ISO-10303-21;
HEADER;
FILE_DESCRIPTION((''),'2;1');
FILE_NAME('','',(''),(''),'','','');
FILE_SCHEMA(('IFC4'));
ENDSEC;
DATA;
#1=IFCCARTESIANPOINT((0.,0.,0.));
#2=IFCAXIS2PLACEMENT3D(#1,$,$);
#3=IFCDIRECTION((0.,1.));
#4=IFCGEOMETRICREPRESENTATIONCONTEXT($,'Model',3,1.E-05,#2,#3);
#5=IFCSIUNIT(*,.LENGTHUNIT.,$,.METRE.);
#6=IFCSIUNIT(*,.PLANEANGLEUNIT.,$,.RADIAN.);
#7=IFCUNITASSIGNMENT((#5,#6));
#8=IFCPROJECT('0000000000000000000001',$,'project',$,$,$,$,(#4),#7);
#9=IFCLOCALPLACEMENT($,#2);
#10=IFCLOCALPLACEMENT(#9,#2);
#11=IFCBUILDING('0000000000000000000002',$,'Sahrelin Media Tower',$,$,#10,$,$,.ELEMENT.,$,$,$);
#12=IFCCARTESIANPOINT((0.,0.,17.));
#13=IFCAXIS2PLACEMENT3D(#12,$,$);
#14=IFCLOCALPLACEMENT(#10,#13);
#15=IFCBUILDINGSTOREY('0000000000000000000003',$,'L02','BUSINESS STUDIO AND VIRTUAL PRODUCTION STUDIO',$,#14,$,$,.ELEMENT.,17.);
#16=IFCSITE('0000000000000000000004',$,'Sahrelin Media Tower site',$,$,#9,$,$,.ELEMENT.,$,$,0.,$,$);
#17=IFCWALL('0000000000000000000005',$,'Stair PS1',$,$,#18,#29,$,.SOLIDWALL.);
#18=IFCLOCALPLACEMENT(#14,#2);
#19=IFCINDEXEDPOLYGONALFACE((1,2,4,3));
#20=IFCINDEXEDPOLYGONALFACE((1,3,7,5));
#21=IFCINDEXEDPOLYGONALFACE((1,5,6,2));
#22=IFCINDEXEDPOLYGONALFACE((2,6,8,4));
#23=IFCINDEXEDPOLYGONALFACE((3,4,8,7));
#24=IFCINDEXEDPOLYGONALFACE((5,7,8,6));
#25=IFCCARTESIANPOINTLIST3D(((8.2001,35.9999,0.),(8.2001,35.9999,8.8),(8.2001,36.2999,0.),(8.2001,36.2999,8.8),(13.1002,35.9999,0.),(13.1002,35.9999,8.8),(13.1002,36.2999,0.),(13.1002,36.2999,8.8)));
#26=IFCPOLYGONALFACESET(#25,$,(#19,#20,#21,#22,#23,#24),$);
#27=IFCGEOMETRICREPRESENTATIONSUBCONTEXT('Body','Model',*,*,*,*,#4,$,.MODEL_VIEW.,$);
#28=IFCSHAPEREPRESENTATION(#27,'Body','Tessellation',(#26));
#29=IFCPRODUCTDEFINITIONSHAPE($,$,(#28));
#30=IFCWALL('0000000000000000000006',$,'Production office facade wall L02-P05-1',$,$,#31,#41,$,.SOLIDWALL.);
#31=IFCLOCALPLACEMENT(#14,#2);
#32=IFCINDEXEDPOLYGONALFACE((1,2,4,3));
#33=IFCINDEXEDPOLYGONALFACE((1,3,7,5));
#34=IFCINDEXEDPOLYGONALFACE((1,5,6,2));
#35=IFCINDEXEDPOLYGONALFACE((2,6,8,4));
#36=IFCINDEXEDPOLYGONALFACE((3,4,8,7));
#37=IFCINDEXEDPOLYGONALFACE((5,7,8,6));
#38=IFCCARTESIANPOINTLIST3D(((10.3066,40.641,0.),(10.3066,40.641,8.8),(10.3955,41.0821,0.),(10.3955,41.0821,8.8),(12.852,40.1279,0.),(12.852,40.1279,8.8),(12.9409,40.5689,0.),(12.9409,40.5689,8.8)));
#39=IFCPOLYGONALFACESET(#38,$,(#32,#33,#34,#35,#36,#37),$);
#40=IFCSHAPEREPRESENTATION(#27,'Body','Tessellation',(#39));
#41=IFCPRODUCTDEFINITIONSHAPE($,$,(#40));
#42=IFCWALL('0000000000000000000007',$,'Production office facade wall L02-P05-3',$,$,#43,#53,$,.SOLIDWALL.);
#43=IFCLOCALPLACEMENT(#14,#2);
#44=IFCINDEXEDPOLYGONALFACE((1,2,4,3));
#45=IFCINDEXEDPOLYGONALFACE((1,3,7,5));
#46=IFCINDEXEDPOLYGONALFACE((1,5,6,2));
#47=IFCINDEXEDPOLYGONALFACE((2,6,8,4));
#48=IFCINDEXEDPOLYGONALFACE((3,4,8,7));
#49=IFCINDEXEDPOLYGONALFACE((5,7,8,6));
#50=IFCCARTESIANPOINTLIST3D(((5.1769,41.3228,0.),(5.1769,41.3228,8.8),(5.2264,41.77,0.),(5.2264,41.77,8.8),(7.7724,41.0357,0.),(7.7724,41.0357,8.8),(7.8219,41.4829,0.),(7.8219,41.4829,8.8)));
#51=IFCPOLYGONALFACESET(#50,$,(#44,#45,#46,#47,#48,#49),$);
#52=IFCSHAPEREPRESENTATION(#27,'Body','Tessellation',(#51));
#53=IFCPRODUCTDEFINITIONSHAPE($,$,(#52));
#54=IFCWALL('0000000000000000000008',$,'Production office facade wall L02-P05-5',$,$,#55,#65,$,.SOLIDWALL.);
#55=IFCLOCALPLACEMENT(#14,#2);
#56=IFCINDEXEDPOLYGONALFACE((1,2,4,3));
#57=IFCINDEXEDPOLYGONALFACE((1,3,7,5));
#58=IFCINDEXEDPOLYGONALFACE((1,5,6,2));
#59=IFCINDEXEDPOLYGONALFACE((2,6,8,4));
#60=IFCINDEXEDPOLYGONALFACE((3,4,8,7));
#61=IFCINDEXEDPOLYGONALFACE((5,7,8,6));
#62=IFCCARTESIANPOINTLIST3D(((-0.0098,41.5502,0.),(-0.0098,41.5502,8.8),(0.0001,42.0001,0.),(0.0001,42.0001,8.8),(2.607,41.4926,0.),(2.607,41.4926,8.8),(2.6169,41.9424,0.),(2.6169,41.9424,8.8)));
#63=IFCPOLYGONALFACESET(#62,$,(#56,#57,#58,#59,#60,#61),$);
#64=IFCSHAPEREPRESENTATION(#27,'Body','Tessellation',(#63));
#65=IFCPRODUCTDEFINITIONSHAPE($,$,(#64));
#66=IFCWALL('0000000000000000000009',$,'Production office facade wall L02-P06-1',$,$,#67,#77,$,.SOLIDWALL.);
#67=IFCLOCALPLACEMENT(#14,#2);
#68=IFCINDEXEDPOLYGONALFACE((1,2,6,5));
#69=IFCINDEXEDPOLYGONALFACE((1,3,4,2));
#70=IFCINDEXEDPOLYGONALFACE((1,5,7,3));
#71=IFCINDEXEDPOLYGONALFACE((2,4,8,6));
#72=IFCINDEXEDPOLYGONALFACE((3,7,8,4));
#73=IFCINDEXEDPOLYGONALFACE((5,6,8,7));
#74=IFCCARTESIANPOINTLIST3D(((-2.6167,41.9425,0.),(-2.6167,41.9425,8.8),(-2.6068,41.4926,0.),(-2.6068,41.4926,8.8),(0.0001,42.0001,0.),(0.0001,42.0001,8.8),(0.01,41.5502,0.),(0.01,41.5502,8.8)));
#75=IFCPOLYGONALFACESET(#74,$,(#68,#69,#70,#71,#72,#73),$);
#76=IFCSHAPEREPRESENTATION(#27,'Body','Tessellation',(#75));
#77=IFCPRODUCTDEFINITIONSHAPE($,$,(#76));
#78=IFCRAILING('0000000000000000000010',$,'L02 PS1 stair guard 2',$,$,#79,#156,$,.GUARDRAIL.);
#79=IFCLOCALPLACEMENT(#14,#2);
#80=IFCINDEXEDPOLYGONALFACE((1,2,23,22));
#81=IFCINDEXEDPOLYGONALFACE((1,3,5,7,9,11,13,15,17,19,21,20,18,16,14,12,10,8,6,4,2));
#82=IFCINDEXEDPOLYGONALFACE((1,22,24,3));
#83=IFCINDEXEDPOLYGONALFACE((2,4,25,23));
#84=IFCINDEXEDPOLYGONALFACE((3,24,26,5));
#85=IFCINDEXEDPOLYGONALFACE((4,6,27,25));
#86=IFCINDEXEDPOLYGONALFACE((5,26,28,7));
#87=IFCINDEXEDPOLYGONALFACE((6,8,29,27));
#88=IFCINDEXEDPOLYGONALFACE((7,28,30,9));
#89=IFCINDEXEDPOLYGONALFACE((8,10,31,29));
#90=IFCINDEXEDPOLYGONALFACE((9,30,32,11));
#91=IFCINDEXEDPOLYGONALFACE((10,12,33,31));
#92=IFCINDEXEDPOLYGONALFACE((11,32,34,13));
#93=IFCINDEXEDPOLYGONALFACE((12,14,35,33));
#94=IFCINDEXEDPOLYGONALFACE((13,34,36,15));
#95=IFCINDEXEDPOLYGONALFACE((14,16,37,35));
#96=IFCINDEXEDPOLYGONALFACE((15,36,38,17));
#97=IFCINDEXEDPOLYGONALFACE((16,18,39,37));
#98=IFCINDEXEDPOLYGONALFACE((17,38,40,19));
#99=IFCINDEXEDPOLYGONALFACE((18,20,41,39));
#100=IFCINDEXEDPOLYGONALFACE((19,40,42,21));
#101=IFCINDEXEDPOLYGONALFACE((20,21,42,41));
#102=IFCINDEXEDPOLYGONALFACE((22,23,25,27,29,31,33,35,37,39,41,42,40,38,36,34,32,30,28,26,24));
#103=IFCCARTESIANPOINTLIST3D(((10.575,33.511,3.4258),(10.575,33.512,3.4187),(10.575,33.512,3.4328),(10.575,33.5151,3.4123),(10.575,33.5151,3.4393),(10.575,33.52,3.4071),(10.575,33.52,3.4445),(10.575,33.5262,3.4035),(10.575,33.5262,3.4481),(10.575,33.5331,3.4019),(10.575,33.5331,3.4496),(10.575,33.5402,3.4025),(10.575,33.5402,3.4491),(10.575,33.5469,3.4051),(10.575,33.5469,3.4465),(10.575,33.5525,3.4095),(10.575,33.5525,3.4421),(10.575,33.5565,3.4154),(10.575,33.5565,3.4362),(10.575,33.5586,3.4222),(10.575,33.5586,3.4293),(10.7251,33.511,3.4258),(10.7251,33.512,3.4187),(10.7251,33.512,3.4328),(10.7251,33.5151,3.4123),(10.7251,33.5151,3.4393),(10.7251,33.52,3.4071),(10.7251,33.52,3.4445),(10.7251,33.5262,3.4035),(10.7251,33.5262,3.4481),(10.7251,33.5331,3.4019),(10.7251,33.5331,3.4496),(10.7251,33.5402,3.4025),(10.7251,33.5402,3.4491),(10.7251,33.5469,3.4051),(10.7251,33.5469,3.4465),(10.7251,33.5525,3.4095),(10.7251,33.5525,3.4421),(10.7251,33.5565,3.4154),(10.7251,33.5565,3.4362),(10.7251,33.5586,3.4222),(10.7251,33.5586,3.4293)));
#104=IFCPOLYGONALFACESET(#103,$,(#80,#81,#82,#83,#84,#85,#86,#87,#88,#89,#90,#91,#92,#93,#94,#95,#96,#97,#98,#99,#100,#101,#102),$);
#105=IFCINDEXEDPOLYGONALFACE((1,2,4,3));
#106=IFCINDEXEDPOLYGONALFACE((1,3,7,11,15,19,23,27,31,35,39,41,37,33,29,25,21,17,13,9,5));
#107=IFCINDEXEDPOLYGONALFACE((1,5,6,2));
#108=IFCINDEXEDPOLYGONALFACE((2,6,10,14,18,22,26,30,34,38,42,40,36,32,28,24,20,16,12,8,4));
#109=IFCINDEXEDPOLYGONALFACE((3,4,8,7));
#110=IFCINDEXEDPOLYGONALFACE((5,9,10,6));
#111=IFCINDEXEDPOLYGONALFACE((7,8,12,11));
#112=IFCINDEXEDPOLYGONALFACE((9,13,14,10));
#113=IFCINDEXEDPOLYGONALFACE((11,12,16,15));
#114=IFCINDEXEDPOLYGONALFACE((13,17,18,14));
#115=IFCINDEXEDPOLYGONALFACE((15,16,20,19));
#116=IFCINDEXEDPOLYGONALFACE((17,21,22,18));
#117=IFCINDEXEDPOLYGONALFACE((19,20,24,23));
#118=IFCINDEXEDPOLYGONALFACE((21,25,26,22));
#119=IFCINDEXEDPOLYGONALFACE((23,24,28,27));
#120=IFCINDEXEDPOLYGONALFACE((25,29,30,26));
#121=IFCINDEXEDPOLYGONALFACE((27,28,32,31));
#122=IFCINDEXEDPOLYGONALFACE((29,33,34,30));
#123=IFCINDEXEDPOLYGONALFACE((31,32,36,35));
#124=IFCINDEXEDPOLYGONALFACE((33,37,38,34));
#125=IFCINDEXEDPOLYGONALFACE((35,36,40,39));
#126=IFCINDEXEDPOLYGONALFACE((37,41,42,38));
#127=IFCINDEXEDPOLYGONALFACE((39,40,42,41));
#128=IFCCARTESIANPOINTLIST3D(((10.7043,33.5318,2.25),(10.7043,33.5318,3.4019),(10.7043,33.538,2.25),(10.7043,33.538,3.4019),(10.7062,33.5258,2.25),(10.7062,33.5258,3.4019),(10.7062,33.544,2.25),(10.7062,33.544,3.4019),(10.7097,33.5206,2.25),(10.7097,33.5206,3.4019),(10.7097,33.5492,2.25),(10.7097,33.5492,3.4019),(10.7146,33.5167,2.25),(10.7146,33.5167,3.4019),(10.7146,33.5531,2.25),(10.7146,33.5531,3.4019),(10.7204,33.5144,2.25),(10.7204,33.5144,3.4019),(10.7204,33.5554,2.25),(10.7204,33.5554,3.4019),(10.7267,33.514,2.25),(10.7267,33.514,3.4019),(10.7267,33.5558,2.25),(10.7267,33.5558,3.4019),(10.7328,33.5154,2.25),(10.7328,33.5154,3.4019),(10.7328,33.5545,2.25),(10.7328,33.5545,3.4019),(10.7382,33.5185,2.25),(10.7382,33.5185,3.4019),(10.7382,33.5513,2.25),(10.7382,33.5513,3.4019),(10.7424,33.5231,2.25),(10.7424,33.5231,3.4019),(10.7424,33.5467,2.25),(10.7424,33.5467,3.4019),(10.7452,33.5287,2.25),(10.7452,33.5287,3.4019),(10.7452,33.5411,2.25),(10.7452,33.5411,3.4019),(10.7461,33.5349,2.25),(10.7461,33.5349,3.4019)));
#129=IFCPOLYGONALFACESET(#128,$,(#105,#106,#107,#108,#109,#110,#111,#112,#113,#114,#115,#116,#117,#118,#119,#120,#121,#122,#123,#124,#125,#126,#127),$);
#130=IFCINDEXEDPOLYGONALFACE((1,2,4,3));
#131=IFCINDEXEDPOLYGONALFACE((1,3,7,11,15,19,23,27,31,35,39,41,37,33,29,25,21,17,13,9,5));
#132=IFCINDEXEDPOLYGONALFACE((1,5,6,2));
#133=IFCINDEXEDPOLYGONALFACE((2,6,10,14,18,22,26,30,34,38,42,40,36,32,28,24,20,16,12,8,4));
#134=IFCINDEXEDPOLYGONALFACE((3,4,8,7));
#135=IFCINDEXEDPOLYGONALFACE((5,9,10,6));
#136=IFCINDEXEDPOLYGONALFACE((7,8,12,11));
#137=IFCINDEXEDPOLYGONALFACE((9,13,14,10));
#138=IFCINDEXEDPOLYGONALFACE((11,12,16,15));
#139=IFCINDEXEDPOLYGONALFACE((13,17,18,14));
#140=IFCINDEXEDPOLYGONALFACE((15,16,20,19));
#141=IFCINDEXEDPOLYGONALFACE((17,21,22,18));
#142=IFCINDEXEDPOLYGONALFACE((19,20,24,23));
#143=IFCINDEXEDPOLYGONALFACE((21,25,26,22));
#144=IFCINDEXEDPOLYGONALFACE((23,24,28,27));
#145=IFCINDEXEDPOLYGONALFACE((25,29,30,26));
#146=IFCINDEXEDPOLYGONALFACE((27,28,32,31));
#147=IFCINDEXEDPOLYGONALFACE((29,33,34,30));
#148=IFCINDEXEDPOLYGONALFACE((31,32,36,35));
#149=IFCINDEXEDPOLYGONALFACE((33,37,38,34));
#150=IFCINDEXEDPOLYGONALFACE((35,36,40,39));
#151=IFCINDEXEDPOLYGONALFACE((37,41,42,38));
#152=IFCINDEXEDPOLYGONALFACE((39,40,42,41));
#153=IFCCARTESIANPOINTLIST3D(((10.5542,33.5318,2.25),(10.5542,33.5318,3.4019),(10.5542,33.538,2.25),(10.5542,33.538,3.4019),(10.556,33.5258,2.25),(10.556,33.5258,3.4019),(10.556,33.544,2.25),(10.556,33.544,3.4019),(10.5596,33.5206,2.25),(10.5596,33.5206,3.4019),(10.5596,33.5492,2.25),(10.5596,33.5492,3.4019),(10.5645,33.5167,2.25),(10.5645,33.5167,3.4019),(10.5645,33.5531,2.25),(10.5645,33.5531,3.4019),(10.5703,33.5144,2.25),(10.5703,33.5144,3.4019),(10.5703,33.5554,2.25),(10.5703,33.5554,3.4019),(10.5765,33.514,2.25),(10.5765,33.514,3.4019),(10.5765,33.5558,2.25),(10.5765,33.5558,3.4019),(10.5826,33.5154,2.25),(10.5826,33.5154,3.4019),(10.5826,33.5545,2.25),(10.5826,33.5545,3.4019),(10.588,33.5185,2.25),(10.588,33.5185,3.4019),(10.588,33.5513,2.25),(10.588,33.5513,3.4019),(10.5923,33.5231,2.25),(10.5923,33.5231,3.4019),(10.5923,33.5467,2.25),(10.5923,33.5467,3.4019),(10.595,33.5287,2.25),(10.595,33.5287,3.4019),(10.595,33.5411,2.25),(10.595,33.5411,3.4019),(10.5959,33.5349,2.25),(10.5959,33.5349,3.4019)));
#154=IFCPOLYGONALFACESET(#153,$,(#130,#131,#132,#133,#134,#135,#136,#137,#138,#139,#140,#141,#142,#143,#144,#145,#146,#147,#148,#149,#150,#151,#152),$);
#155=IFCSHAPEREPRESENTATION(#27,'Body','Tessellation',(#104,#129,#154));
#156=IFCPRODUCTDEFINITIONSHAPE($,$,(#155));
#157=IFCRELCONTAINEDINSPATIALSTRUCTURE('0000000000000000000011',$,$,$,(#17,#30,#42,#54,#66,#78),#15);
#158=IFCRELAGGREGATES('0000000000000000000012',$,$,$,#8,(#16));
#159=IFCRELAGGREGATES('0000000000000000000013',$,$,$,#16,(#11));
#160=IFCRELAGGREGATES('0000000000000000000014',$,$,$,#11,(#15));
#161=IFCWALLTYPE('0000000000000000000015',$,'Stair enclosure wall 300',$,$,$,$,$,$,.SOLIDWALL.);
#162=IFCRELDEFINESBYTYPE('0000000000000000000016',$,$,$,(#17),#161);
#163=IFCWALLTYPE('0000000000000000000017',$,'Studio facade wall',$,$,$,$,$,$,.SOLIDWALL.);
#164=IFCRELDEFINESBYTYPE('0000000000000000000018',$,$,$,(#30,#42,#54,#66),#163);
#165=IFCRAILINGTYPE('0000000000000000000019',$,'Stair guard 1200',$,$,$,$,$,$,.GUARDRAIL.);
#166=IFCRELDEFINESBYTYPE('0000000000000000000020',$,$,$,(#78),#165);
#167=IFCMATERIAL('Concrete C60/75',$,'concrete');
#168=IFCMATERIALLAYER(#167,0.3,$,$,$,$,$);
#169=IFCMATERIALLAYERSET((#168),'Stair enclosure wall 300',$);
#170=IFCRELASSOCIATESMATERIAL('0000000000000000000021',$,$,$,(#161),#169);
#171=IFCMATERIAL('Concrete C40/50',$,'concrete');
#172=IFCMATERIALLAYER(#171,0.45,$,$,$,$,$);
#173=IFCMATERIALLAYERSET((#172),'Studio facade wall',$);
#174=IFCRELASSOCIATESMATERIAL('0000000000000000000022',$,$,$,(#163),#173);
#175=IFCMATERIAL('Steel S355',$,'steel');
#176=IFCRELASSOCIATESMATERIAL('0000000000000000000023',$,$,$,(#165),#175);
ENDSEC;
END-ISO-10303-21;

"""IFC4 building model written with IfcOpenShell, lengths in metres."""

from ifc_helpers import new_model, si_unit, direction, frame, frame_2d, origin, origin_2d, place, context, subcontext, project, spatial, rectangle, circle, extrude, material, layer, layer_set, type_object, element, save


model = new_model("IFC4")

# Units and contexts
model_context = context("Model", 3, precision=1e-05, world=origin(), true_north=direction((0.0, 1.0)))
body_context = subcontext(model_context, "Body", "Model", "MODEL_VIEW")
ifc_project = project(units=[si_unit("LENGTHUNIT", "METRE"), si_unit("PLANEANGLEUNIT", "RADIAN")], contexts=[model_context])

# Site, building, storey
site_placement = place(None, origin())
site = spatial("IfcSite", under=ifc_project, at=site_placement, Name="Sahrelin Media Tower site", CompositionType="ELEMENT", RefElevation=0.0)
building_placement = place(site_placement, origin())
building = spatial("IfcBuilding", under=site, at=building_placement, Name="Sahrelin Media Tower", CompositionType="ELEMENT")
storey_placement = place(building_placement, frame((0.0, 0.0, 17.0)))
storey = spatial("IfcBuildingStorey", under=building, at=storey_placement, Name="L02", Description="BUSINESS STUDIO AND VIRTUAL PRODUCTION STUDIO", CompositionType="ELEMENT", Elevation=17.0)

# Shared definitions
ifc_material_1 = material(Name="Steel S355", Category="steel")

# Walls
ifc_material_2 = material(Name="Concrete C60/75", Category="concrete")
ifc_layer_1 = layer(ifc_material_2, 0.3)
ifc_layer_set_1 = layer_set([ifc_layer_1], Name="Stair enclosure wall 300")
wall_type_1 = type_object("IfcWallType", Name="Stair enclosure wall 300", PredefinedType="SOLIDWALL", material=ifc_layer_set_1)
wall_1_placement = place(storey_placement, frame((8.2, 36.1499, 0.0), z_axis=(0.0, 0.0, 1.0), x_axis=(1.0, 0.0, 0.0)))
element("IfcWall", 1, at=wall_1_placement, inside=storey, type_object=wall_type_1, Name="Stair PS1", PredefinedType="SOLIDWALL", context=body_context, shape_type="SweptSolid", body=[
    extrude(rectangle(XDim=4.9001, YDim=0.3, at=frame_2d((2.4502, 0.0))), origin(), (0.0, 0.0, 1.0), 8.8),
])
ifc_material_3 = material(Name="Concrete C40/50", Category="concrete")
ifc_layer_2 = layer(ifc_material_3, 0.45)
ifc_layer_set_2 = layer_set([ifc_layer_2], Name="Studio facade wall")
wall_type_2 = type_object("IfcWallType", Name="Studio facade wall", PredefinedType="SOLIDWALL", material=ifc_layer_set_2)
wall_2_placement = place(storey_placement, frame((12.8965, 40.3484, 0.0), z_axis=(0.0, 0.0, 1.0), x_axis=(-0.980276, 0.197635, 0.0)))
element("IfcWall", 2, at=wall_2_placement, inside=storey, type_object=wall_type_2, Name="Production office facade wall L02-P05-1", PredefinedType="SOLIDWALL", context=body_context, shape_type="SweptSolid", body=[
    extrude(rectangle(XDim=2.5967, YDim=0.45, at=frame_2d((1.2983, 0.0))), origin(), (0.0, 0.0, 1.0), 8.8),
])

# Wall
wall_3_placement = place(storey_placement, frame((7.7971, 41.2593, 0.0), z_axis=(0.0, 0.0, 1.0), x_axis=(-0.993937, 0.109949, 0.0)))
element("IfcWall", 3, at=wall_3_placement, inside=storey, type_object=wall_type_2, Name="Production office facade wall L02-P05-3", PredefinedType="SOLIDWALL", context=body_context, shape_type="SweptSolid", body=[
    extrude(rectangle(XDim=2.6113, YDim=0.45, at=frame_2d((1.3057, 0.0))), origin(), (0.0, 0.0, 1.0), 8.8),
])

# Walls
for number, where, z_axis, x_axis, name in (
    (4, (2.6118, 41.7175, 0.0), (0.0, 0.0, 1.0), (-0.999758, 0.022014, 0.0), "Production office facade wall L02-P05-5"),
    (5, (0.0049, 41.7751, 0.0), (0.0, 0.0, 1.0), (-0.999758, -0.022014, 0.0), "Production office facade wall L02-P06-1"),
):
    element("IfcWall", number, at=place(storey_placement, frame(where, z_axis=z_axis, x_axis=x_axis)), inside=storey, type_object=wall_type_2, Name=name, PredefinedType="SOLIDWALL", context=body_context, shape_type="SweptSolid", body=[
        extrude(rectangle(XDim=2.6174, YDim=0.45, at=frame_2d((1.3086, 0.0))), origin(), (0.0, 0.0, 1.0), 8.8),
    ])

# Railing
railing_type = type_object("IfcRailingType", Name="Stair guard 1200", PredefinedType="GUARDRAIL", material=ifc_material_1)
railing_1_placement = place(storey_placement, frame((10.7251, 33.5349, 2.25)))
element("IfcRailing", 6, at=railing_1_placement, inside=storey, type_object=railing_type, Name="L02 PS1 stair guard 2", PredefinedType="GUARDRAIL", context=body_context, shape_type="SweptSolid", body=[
    extrude(circle(Radius=0.0239, at=origin_2d()), frame((0.0, 0.0, 1.1758), z_axis=(-1.0, 0.0, 0.0), x_axis=(0.0, -1.0, 0.0)), (0.0, 0.0, 1.0), 0.1501),
    extrude(circle(Radius=0.021, at=origin_2d()), origin(), (0.0, 0.0, 1.0), 1.1519),
    extrude(circle(Radius=0.021, at=origin_2d()), frame((-0.1501, 0.0, 0.0)), (0.0, 0.0, 1.0), 1.1519),
])

save(model, "model.ifc")
